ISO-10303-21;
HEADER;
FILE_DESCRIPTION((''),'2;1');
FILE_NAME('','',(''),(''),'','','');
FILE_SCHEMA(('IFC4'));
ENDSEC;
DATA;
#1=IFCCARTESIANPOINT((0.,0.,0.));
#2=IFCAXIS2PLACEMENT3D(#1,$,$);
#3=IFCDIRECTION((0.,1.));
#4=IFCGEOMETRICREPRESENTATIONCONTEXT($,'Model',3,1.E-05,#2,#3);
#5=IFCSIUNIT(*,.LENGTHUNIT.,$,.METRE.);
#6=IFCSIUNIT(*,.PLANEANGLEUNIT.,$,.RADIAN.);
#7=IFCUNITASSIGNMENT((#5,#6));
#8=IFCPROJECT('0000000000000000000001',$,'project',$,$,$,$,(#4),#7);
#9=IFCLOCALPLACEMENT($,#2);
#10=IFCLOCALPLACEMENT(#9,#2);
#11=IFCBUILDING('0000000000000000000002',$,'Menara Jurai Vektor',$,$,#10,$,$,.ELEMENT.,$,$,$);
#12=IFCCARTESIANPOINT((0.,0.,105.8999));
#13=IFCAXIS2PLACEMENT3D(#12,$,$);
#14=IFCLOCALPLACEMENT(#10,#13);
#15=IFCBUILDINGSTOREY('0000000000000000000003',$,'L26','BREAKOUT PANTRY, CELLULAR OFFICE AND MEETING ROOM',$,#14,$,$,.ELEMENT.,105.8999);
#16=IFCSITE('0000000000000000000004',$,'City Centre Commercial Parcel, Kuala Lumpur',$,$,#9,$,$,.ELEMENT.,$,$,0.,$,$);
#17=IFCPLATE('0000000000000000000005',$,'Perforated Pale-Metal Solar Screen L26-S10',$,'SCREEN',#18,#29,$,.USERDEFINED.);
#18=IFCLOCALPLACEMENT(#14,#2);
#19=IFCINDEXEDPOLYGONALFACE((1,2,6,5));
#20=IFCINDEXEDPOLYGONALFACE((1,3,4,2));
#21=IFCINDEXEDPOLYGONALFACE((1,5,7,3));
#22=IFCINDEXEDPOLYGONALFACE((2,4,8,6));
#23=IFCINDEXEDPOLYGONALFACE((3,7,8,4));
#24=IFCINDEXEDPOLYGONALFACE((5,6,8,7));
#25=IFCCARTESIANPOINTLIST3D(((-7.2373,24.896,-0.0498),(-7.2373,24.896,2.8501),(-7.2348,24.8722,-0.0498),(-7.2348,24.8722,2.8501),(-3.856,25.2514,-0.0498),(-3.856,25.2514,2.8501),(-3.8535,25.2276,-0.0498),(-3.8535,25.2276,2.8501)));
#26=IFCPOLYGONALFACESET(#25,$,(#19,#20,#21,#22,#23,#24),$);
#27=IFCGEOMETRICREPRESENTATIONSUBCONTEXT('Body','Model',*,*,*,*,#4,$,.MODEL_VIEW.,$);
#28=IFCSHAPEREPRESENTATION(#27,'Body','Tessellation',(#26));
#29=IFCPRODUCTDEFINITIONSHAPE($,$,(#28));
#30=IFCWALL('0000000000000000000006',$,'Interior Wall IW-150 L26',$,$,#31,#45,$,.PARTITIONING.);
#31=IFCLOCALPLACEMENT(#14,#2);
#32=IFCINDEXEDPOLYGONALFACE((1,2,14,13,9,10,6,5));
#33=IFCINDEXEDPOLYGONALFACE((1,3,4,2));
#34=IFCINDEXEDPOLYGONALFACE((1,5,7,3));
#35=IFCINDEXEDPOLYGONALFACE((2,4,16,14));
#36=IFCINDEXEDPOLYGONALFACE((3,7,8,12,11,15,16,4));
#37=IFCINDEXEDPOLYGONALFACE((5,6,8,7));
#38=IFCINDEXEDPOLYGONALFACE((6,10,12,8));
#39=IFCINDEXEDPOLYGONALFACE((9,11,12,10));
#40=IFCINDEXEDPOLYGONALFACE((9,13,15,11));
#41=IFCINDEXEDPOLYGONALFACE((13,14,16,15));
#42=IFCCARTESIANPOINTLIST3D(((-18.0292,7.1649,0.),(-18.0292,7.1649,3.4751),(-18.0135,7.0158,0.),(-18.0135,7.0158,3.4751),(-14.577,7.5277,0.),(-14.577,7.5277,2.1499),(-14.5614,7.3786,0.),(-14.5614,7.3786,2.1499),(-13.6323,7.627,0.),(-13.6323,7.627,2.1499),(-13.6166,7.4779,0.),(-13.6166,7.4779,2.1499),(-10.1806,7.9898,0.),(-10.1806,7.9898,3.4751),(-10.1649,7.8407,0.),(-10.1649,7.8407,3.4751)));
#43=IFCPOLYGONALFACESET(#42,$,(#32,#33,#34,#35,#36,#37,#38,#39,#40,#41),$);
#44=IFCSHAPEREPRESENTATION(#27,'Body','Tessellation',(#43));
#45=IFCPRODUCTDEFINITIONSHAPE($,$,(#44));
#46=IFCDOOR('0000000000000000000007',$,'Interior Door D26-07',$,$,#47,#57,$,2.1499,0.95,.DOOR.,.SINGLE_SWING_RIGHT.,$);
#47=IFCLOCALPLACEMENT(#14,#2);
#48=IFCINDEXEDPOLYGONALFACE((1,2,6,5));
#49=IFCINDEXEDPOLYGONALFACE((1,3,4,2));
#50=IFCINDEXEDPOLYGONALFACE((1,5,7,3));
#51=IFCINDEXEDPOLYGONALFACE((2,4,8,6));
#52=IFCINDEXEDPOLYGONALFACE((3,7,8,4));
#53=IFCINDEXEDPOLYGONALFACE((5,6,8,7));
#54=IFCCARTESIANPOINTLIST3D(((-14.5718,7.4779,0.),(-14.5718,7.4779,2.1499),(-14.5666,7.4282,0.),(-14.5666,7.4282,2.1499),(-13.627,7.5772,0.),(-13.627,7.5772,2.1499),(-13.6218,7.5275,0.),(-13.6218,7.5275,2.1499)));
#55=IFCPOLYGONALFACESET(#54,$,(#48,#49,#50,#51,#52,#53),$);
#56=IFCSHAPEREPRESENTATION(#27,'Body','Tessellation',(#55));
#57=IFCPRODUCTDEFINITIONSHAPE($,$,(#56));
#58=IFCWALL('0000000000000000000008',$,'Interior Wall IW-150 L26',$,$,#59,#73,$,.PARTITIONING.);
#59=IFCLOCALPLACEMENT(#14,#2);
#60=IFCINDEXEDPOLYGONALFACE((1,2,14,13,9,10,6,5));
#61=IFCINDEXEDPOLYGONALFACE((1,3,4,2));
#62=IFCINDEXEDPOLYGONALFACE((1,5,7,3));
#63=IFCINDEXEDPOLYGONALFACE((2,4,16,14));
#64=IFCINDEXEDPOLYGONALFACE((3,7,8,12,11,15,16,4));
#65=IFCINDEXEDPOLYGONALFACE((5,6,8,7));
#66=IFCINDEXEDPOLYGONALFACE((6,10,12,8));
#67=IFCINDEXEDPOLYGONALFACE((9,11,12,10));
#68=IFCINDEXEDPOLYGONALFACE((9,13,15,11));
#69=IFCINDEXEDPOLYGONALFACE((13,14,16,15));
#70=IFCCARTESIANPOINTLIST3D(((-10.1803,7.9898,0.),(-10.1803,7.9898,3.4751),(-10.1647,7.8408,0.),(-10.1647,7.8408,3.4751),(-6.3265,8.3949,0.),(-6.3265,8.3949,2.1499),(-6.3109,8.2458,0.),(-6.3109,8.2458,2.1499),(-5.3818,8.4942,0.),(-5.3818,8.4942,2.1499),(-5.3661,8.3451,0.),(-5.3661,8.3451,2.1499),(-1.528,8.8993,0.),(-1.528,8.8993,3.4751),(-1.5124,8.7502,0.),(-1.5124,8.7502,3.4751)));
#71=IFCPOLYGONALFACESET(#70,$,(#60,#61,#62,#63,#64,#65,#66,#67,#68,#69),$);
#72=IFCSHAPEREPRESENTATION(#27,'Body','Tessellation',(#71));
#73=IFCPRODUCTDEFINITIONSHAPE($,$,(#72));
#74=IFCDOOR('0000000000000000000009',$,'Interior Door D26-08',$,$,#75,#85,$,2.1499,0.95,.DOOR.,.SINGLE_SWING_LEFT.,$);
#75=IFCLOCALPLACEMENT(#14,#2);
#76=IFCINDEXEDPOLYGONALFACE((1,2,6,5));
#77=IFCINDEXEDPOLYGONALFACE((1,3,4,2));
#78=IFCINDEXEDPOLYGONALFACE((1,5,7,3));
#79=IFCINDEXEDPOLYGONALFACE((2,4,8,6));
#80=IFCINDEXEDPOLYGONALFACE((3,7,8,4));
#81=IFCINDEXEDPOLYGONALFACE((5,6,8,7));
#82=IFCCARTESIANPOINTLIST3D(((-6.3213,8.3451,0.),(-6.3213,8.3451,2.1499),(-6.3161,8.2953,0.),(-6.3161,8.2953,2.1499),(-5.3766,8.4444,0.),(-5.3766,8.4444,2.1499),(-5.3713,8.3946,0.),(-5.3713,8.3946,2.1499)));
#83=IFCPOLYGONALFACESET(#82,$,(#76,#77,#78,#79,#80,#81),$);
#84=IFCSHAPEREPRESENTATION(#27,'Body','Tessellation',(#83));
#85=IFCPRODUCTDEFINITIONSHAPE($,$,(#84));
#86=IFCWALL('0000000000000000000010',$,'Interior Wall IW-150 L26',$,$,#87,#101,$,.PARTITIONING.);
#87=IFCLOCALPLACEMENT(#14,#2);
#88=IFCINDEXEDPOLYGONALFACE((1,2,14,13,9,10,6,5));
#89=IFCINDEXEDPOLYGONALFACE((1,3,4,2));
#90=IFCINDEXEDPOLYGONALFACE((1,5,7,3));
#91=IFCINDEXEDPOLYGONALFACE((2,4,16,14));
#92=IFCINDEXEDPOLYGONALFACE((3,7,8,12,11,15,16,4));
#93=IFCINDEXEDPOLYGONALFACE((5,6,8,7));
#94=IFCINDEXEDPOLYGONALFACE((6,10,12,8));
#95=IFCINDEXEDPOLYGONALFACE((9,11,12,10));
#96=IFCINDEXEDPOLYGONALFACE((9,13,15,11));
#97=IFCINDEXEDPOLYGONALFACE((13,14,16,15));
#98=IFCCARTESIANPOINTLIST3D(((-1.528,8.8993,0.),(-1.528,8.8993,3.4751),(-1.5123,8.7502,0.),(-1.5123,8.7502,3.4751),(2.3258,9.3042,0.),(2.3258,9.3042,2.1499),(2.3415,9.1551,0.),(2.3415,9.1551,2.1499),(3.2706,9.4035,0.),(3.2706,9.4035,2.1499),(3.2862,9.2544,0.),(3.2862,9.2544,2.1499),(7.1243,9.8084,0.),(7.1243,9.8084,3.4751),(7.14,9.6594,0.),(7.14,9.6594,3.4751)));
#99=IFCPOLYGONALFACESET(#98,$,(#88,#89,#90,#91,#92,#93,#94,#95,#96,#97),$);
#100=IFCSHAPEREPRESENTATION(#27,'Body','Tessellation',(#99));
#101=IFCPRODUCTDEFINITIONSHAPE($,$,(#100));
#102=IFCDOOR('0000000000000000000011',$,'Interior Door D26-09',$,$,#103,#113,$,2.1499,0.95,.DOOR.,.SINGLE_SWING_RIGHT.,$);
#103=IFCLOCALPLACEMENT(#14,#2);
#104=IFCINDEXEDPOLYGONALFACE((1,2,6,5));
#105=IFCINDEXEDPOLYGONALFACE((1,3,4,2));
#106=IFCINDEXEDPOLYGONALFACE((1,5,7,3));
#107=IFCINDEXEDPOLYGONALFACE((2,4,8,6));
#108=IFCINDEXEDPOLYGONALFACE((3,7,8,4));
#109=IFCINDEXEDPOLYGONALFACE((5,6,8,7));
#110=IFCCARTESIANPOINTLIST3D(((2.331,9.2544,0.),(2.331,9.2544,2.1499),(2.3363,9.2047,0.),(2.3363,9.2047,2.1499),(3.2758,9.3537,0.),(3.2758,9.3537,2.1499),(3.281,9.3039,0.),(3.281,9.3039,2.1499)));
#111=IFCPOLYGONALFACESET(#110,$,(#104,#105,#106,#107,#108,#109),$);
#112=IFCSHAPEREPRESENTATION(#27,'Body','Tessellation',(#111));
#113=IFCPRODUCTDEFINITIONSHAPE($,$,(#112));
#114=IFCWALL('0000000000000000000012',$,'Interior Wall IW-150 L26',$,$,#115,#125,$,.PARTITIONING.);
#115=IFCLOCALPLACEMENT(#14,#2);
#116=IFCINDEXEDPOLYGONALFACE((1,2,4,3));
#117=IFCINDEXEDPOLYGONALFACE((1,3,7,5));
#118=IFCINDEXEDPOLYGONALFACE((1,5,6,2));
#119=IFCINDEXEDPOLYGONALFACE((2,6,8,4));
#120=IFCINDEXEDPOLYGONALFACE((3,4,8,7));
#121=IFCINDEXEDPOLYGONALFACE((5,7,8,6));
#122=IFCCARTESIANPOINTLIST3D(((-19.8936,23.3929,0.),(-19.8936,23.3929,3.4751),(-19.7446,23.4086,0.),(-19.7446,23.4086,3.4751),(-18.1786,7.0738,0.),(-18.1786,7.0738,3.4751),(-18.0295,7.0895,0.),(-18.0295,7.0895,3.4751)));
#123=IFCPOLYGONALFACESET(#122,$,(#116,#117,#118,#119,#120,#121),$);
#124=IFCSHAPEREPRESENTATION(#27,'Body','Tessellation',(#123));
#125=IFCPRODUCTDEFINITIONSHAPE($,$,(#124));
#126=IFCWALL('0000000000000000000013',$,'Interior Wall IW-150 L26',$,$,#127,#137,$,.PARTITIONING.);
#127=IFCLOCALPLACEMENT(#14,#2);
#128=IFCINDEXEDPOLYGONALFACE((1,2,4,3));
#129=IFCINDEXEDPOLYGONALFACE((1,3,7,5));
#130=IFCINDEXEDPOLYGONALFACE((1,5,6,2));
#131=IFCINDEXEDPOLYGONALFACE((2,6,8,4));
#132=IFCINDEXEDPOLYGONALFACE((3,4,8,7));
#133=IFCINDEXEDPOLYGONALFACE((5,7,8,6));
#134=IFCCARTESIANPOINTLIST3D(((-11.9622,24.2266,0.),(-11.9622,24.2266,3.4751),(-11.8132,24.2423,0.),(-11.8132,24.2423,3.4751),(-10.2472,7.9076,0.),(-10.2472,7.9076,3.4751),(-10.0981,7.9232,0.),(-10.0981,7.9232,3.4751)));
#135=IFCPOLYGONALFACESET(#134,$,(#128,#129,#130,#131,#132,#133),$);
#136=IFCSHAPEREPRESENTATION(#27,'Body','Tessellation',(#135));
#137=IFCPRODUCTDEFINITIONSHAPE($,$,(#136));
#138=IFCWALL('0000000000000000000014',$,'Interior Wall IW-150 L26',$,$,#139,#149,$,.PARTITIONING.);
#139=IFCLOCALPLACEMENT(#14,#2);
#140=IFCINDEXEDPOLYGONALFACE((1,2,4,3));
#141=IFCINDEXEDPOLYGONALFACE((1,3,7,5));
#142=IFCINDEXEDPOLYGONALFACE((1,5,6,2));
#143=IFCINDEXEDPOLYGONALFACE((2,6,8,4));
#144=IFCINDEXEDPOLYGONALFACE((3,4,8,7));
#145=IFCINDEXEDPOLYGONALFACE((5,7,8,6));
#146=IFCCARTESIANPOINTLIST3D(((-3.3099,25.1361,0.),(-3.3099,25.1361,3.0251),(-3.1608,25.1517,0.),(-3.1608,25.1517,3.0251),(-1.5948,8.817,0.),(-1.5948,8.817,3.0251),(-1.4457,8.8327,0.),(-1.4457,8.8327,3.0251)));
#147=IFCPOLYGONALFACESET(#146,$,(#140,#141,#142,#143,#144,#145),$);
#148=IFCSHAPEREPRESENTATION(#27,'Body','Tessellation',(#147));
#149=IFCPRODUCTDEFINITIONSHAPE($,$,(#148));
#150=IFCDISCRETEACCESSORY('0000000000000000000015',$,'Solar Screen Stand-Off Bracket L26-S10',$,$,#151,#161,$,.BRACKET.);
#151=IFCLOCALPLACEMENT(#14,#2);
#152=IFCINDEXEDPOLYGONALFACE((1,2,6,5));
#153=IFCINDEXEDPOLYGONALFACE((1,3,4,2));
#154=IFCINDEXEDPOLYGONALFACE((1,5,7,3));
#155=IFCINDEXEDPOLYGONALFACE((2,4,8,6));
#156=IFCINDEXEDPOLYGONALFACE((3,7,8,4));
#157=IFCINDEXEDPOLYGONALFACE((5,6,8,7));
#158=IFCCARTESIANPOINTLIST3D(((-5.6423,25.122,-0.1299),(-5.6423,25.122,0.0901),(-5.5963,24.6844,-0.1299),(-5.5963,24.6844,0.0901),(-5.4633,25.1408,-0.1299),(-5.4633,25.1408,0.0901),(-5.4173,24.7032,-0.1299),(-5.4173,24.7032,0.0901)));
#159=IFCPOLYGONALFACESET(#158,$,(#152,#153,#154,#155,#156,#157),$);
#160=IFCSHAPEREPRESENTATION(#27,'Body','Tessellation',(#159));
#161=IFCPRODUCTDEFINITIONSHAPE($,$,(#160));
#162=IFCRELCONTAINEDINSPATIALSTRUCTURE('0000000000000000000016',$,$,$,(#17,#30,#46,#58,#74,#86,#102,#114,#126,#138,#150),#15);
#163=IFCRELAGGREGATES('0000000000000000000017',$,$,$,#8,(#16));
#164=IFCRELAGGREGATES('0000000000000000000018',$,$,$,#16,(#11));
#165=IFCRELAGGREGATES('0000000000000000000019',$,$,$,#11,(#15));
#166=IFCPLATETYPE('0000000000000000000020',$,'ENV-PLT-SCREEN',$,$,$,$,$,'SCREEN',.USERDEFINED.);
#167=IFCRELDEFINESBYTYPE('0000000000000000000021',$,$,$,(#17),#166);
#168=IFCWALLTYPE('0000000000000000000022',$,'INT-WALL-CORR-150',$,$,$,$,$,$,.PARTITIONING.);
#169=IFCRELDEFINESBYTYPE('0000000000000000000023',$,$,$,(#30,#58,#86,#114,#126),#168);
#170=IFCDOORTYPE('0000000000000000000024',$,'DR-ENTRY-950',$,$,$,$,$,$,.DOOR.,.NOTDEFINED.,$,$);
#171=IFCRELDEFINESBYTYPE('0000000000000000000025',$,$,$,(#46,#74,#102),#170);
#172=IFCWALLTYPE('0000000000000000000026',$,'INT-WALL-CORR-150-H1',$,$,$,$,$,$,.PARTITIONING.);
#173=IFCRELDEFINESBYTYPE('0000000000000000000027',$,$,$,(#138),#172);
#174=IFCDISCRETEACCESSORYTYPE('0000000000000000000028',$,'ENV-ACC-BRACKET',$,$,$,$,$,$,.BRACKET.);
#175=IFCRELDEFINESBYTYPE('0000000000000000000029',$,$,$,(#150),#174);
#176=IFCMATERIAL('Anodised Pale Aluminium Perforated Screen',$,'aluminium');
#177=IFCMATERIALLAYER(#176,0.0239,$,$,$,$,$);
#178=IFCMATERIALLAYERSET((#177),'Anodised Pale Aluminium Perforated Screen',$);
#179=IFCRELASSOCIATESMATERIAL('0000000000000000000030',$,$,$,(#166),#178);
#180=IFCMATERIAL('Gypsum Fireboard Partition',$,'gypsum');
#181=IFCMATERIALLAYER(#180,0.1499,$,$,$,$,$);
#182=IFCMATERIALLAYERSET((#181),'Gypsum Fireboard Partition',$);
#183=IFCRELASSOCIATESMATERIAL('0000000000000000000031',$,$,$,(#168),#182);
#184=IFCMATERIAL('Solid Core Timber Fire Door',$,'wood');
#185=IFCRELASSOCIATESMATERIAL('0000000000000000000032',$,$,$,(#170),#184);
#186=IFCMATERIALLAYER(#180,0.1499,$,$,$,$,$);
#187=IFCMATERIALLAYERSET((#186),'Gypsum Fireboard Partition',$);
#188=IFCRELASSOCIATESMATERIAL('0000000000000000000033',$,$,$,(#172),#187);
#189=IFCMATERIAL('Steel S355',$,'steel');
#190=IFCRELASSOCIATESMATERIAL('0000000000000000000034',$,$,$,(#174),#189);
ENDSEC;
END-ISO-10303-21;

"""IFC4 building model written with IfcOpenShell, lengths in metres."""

from ifc_helpers import new_model, si_unit, direction, frame, frame_2d, origin, origin_2d, place, context, subcontext, project, spatial, rectangle, extrude, material, layer, layer_set, type_object, element, fill, save


model = new_model("IFC4")

# Units and contexts
model_context = context("Model", 3, precision=1e-05, world=origin(), true_north=direction((0.0, 1.0)))
body_context = subcontext(model_context, "Body", "Model", "MODEL_VIEW")
ifc_project = project(units=[si_unit("LENGTHUNIT", "METRE"), si_unit("PLANEANGLEUNIT", "RADIAN")], contexts=[model_context])

# Site, building, storey
site_placement = place(None, origin())
site = spatial("IfcSite", under=ifc_project, at=site_placement, Name="City Centre Commercial Parcel, Kuala Lumpur", CompositionType="ELEMENT", RefElevation=0.0)
building_placement = place(site_placement, origin())
building = spatial("IfcBuilding", under=site, at=building_placement, Name="Menara Jurai Vektor", CompositionType="ELEMENT")
storey_placement = place(building_placement, frame((0.0, 0.0, 105.8999)))
storey = spatial("IfcBuildingStorey", under=building, at=storey_placement, Name="L26", Description="BREAKOUT PANTRY, CELLULAR OFFICE AND MEETING ROOM", CompositionType="ELEMENT", Elevation=105.8999)

# Shared definitions
ifc_material_1 = material(Name="Steel S355", Category="steel")

# Plate
ifc_material_2 = material(Name="Anodised Pale Aluminium Perforated Screen", Category="aluminium")
ifc_layer_1 = layer(ifc_material_2, 0.0239)
ifc_layer_set_1 = layer_set([ifc_layer_1], Name="Anodised Pale Aluminium Perforated Screen")
plate_type_1 = type_object("IfcPlateType", Name="ENV-PLT-SCREEN", ElementType="SCREEN", PredefinedType="USERDEFINED", material=ifc_layer_set_1)
plate_1_placement = place(storey_placement, frame((-5.5454, 25.0618, -0.0498), z_axis=(0.0, 0.0, 1.0), x_axis=(-0.994522, -0.104528, 0.0)))
element("IfcPlate", 1, at=plate_1_placement, inside=storey, type_object=plate_type_1, Name="Perforated Pale-Metal Solar Screen L26-S10", ObjectType="SCREEN", PredefinedType="USERDEFINED", context=body_context, shape_type="SweptSolid", body=[
    extrude(rectangle(XDim=3.3999, YDim=0.0239, at=origin_2d()), origin(), (0.0, 0.0, 1.0), 2.8999),
])

# Walls, openings, doors
ifc_material_3 = material(Name="Gypsum Fireboard Partition", Category="gypsum")
ifc_layer_2 = layer(ifc_material_3, 0.1499)
ifc_layer_set_2 = layer_set([ifc_layer_2], Name="Gypsum Fireboard Partition")
wall_type_1 = type_object("IfcWallType", Name="INT-WALL-CORR-150", PredefinedType="PARTITIONING", material=ifc_layer_set_2)
wall_1_placement = place(storey_placement, frame((-18.0212, 7.0903, 0.0), z_axis=(0.0, 0.0, 1.0), x_axis=(0.994522, 0.104532, 0.0)))
wall_1 = element("IfcWall", 2, at=wall_1_placement, inside=storey, type_object=wall_type_1, Name="Interior Wall IW-150 L26", PredefinedType="PARTITIONING", context=body_context, shape_type="SweptSolid", body=[
    extrude(rectangle(XDim=7.8918, YDim=0.1499, at=frame_2d((3.9458, 0.0))), origin(), (0.0, 0.0, 1.0), 3.4751),
])
opening_1_placement = place(wall_1_placement, frame((3.4709, 0.0, 0.0)))
opening_1 = element("IfcOpeningElement", 3, at=opening_1_placement, cuts=wall_1, PredefinedType="OPENING", context=body_context, shape_type="SweptSolid", body=[
    extrude(rectangle(XDim=0.95, YDim=2.1499, at=frame_2d((0.4751, 1.075))), frame((0.0, 0.085, 0.0), z_axis=(0.0, -1.0, 0.0), x_axis=(1.0, 0.0, 0.0)), (0.0, 0.0, 1.0), 0.1699),
])
ifc_material_4 = material(Name="Solid Core Timber Fire Door", Category="wood")
door_type = type_object("IfcDoorType", Name="DR-ENTRY-950", OperationType="NOTDEFINED", PredefinedType="DOOR", material=ifc_material_4)
door_1_placement = place(opening_1_placement, origin())
door_1 = element("IfcDoor", 4, at=door_1_placement, inside=storey, type_object=door_type, Name="Interior Door D26-07", OperationType="SINGLE_SWING_RIGHT", OverallHeight=2.1499, OverallWidth=0.95, PredefinedType="DOOR", context=body_context, shape_type="SweptSolid", body=[
    extrude(rectangle(XDim=0.95, YDim=2.1499, at=frame_2d((0.4751, 1.075))), frame((0.0, 0.0249, 0.0), z_axis=(0.0, -1.0, 0.0), x_axis=(1.0, 0.0, 0.0)), (0.0, 0.0, 1.0), 0.05),
])
fill(opening_1, door_1)
wall_2_placement = place(storey_placement, frame((-10.1726, 7.9153, 0.0), z_axis=(0.0, 0.0, 1.0), x_axis=(0.994522, 0.104531, 0.0)))
wall_2 = element("IfcWall", 5, at=wall_2_placement, inside=storey, type_object=wall_type_1, Name="Interior Wall IW-150 L26", PredefinedType="PARTITIONING", context=body_context, shape_type="SweptSolid", body=[
    extrude(rectangle(XDim=8.7, YDim=0.1499, at=frame_2d((4.3501, 0.0))), origin(), (0.0, 0.0, 1.0), 3.4751),
])
opening_2_placement = place(wall_2_placement, frame((3.875, 0.0, 0.0)))
opening_2 = element("IfcOpeningElement", 6, at=opening_2_placement, cuts=wall_2, PredefinedType="OPENING", context=body_context, shape_type="SweptSolid", body=[
    extrude(rectangle(XDim=0.95, YDim=2.1499, at=frame_2d((0.4751, 1.075))), frame((0.0, 0.085, 0.0), z_axis=(0.0, -1.0, 0.0), x_axis=(1.0, 0.0, 0.0)), (0.0, 0.0, 1.0), 0.1699),
])
door_2_placement = place(opening_2_placement, origin())
door_2 = element("IfcDoor", 7, at=door_2_placement, inside=storey, type_object=door_type, Name="Interior Door D26-08", OperationType="SINGLE_SWING_LEFT", OverallHeight=2.1499, OverallWidth=0.95, PredefinedType="DOOR", context=body_context, shape_type="SweptSolid", body=[
    extrude(rectangle(XDim=0.95, YDim=2.1499, at=frame_2d((0.4751, 1.075))), frame((0.0, 0.0249, 0.0), z_axis=(0.0, -1.0, 0.0), x_axis=(1.0, 0.0, 0.0)), (0.0, 0.0, 1.0), 0.05),
])
fill(opening_2, door_2)
wall_3_placement = place(storey_placement, frame((-1.5203, 8.8247, 0.0), z_axis=(0.0, 0.0, 1.0), x_axis=(0.994525, 0.104504, 0.0)))
wall_3 = element("IfcWall", 8, at=wall_3_placement, inside=storey, type_object=wall_type_1, Name="Interior Wall IW-150 L26", PredefinedType="PARTITIONING", context=body_context, shape_type="SweptSolid", body=[
    extrude(rectangle(XDim=8.7, YDim=0.1499, at=frame_2d((4.3501, 0.0))), origin(), (0.0, 0.0, 1.0), 3.4751),
])
opening_3_placement = place(wall_3_placement, frame((3.875, 0.0, 0.0)))
opening_3 = element("IfcOpeningElement", 9, at=opening_3_placement, cuts=wall_3, PredefinedType="OPENING", context=body_context, shape_type="SweptSolid", body=[
    extrude(rectangle(XDim=0.95, YDim=2.1499, at=frame_2d((0.4751, 1.075))), frame((0.0, 0.085, 0.0), z_axis=(0.0, -1.0, 0.0), x_axis=(1.0, 0.0, 0.0)), (0.0, 0.0, 1.0), 0.1699),
])
door_3_placement = place(opening_3_placement, origin())
door_3 = element("IfcDoor", 10, at=door_3_placement, inside=storey, type_object=door_type, Name="Interior Door D26-09", OperationType="SINGLE_SWING_RIGHT", OverallHeight=2.1499, OverallWidth=0.95, PredefinedType="DOOR", context=body_context, shape_type="SweptSolid", body=[
    extrude(rectangle(XDim=0.95, YDim=2.1499, at=frame_2d((0.4751, 1.075))), frame((0.0, 0.0249, 0.0), z_axis=(0.0, -1.0, 0.0), x_axis=(1.0, 0.0, 0.0)), (0.0, 0.0, 1.0), 0.05),
])
fill(opening_3, door_3)

# Walls
for number, where, z_axis, x_axis, name in (
    (11, (-18.104, 7.0815, 0.0), (0.0, 0.0, 1.0), (-0.104521, 0.994523, 0.0), "Interior Wall IW-150 L26"),
    (12, (-10.1726, 7.9153, 0.0), (0.0, 0.0, 1.0), (-0.104521, 0.994523, 0.0), "Interior Wall IW-150 L26"),
):
    element("IfcWall", number, at=place(storey_placement, frame(where, z_axis=z_axis, x_axis=x_axis)), inside=storey, type_object=wall_type_1, Name=name, PredefinedType="PARTITIONING", context=body_context, shape_type="SweptSolid", body=[
        extrude(rectangle(XDim=16.4089, YDim=0.1499, at=frame_2d((8.2046, 0.0))), origin(), (0.0, 0.0, 1.0), 3.4751),
    ])
ifc_layer_3 = layer(ifc_material_3, 0.1499)
ifc_layer_set_3 = layer_set([ifc_layer_3], Name="Gypsum Fireboard Partition")
wall_type_2 = type_object("IfcWallType", Name="INT-WALL-CORR-150-H1", PredefinedType="PARTITIONING", material=ifc_layer_set_3)
wall_4_placement = place(storey_placement, frame((-1.5203, 8.8247, 0.0), z_axis=(0.0, 0.0, 1.0), x_axis=(-0.104521, 0.994523, 0.0)))
element("IfcWall", 13, at=wall_4_placement, inside=storey, type_object=wall_type_2, Name="Interior Wall IW-150 L26", PredefinedType="PARTITIONING", context=body_context, shape_type="SweptSolid", body=[
    extrude(rectangle(XDim=16.4089, YDim=0.1499, at=frame_2d((8.2046, 0.0))), origin(), (0.0, 0.0, 1.0), 3.0251),
])

# Discrete accessory
discrete_accessory_type = type_object("IfcDiscreteAccessoryType", Name="ENV-ACC-BRACKET", PredefinedType="BRACKET", material=ifc_material_1)
discrete_accessory_placement = place(storey_placement, frame((-5.5298, 24.9126, -0.1299), z_axis=(0.0, 0.0, 1.0), x_axis=(-0.994522, -0.104528, 0.0)))
element("IfcDiscreteAccessory", 14, at=discrete_accessory_placement, inside=storey, type_object=discrete_accessory_type, Name="Solar Screen Stand-Off Bracket L26-S10", PredefinedType="BRACKET", context=body_context, shape_type="SweptSolid", body=[
    extrude(rectangle(XDim=0.1799, YDim=0.4399, at=origin_2d()), origin(), (0.0, 0.0, 1.0), 0.22),
])

save(model, "model.ifc")
